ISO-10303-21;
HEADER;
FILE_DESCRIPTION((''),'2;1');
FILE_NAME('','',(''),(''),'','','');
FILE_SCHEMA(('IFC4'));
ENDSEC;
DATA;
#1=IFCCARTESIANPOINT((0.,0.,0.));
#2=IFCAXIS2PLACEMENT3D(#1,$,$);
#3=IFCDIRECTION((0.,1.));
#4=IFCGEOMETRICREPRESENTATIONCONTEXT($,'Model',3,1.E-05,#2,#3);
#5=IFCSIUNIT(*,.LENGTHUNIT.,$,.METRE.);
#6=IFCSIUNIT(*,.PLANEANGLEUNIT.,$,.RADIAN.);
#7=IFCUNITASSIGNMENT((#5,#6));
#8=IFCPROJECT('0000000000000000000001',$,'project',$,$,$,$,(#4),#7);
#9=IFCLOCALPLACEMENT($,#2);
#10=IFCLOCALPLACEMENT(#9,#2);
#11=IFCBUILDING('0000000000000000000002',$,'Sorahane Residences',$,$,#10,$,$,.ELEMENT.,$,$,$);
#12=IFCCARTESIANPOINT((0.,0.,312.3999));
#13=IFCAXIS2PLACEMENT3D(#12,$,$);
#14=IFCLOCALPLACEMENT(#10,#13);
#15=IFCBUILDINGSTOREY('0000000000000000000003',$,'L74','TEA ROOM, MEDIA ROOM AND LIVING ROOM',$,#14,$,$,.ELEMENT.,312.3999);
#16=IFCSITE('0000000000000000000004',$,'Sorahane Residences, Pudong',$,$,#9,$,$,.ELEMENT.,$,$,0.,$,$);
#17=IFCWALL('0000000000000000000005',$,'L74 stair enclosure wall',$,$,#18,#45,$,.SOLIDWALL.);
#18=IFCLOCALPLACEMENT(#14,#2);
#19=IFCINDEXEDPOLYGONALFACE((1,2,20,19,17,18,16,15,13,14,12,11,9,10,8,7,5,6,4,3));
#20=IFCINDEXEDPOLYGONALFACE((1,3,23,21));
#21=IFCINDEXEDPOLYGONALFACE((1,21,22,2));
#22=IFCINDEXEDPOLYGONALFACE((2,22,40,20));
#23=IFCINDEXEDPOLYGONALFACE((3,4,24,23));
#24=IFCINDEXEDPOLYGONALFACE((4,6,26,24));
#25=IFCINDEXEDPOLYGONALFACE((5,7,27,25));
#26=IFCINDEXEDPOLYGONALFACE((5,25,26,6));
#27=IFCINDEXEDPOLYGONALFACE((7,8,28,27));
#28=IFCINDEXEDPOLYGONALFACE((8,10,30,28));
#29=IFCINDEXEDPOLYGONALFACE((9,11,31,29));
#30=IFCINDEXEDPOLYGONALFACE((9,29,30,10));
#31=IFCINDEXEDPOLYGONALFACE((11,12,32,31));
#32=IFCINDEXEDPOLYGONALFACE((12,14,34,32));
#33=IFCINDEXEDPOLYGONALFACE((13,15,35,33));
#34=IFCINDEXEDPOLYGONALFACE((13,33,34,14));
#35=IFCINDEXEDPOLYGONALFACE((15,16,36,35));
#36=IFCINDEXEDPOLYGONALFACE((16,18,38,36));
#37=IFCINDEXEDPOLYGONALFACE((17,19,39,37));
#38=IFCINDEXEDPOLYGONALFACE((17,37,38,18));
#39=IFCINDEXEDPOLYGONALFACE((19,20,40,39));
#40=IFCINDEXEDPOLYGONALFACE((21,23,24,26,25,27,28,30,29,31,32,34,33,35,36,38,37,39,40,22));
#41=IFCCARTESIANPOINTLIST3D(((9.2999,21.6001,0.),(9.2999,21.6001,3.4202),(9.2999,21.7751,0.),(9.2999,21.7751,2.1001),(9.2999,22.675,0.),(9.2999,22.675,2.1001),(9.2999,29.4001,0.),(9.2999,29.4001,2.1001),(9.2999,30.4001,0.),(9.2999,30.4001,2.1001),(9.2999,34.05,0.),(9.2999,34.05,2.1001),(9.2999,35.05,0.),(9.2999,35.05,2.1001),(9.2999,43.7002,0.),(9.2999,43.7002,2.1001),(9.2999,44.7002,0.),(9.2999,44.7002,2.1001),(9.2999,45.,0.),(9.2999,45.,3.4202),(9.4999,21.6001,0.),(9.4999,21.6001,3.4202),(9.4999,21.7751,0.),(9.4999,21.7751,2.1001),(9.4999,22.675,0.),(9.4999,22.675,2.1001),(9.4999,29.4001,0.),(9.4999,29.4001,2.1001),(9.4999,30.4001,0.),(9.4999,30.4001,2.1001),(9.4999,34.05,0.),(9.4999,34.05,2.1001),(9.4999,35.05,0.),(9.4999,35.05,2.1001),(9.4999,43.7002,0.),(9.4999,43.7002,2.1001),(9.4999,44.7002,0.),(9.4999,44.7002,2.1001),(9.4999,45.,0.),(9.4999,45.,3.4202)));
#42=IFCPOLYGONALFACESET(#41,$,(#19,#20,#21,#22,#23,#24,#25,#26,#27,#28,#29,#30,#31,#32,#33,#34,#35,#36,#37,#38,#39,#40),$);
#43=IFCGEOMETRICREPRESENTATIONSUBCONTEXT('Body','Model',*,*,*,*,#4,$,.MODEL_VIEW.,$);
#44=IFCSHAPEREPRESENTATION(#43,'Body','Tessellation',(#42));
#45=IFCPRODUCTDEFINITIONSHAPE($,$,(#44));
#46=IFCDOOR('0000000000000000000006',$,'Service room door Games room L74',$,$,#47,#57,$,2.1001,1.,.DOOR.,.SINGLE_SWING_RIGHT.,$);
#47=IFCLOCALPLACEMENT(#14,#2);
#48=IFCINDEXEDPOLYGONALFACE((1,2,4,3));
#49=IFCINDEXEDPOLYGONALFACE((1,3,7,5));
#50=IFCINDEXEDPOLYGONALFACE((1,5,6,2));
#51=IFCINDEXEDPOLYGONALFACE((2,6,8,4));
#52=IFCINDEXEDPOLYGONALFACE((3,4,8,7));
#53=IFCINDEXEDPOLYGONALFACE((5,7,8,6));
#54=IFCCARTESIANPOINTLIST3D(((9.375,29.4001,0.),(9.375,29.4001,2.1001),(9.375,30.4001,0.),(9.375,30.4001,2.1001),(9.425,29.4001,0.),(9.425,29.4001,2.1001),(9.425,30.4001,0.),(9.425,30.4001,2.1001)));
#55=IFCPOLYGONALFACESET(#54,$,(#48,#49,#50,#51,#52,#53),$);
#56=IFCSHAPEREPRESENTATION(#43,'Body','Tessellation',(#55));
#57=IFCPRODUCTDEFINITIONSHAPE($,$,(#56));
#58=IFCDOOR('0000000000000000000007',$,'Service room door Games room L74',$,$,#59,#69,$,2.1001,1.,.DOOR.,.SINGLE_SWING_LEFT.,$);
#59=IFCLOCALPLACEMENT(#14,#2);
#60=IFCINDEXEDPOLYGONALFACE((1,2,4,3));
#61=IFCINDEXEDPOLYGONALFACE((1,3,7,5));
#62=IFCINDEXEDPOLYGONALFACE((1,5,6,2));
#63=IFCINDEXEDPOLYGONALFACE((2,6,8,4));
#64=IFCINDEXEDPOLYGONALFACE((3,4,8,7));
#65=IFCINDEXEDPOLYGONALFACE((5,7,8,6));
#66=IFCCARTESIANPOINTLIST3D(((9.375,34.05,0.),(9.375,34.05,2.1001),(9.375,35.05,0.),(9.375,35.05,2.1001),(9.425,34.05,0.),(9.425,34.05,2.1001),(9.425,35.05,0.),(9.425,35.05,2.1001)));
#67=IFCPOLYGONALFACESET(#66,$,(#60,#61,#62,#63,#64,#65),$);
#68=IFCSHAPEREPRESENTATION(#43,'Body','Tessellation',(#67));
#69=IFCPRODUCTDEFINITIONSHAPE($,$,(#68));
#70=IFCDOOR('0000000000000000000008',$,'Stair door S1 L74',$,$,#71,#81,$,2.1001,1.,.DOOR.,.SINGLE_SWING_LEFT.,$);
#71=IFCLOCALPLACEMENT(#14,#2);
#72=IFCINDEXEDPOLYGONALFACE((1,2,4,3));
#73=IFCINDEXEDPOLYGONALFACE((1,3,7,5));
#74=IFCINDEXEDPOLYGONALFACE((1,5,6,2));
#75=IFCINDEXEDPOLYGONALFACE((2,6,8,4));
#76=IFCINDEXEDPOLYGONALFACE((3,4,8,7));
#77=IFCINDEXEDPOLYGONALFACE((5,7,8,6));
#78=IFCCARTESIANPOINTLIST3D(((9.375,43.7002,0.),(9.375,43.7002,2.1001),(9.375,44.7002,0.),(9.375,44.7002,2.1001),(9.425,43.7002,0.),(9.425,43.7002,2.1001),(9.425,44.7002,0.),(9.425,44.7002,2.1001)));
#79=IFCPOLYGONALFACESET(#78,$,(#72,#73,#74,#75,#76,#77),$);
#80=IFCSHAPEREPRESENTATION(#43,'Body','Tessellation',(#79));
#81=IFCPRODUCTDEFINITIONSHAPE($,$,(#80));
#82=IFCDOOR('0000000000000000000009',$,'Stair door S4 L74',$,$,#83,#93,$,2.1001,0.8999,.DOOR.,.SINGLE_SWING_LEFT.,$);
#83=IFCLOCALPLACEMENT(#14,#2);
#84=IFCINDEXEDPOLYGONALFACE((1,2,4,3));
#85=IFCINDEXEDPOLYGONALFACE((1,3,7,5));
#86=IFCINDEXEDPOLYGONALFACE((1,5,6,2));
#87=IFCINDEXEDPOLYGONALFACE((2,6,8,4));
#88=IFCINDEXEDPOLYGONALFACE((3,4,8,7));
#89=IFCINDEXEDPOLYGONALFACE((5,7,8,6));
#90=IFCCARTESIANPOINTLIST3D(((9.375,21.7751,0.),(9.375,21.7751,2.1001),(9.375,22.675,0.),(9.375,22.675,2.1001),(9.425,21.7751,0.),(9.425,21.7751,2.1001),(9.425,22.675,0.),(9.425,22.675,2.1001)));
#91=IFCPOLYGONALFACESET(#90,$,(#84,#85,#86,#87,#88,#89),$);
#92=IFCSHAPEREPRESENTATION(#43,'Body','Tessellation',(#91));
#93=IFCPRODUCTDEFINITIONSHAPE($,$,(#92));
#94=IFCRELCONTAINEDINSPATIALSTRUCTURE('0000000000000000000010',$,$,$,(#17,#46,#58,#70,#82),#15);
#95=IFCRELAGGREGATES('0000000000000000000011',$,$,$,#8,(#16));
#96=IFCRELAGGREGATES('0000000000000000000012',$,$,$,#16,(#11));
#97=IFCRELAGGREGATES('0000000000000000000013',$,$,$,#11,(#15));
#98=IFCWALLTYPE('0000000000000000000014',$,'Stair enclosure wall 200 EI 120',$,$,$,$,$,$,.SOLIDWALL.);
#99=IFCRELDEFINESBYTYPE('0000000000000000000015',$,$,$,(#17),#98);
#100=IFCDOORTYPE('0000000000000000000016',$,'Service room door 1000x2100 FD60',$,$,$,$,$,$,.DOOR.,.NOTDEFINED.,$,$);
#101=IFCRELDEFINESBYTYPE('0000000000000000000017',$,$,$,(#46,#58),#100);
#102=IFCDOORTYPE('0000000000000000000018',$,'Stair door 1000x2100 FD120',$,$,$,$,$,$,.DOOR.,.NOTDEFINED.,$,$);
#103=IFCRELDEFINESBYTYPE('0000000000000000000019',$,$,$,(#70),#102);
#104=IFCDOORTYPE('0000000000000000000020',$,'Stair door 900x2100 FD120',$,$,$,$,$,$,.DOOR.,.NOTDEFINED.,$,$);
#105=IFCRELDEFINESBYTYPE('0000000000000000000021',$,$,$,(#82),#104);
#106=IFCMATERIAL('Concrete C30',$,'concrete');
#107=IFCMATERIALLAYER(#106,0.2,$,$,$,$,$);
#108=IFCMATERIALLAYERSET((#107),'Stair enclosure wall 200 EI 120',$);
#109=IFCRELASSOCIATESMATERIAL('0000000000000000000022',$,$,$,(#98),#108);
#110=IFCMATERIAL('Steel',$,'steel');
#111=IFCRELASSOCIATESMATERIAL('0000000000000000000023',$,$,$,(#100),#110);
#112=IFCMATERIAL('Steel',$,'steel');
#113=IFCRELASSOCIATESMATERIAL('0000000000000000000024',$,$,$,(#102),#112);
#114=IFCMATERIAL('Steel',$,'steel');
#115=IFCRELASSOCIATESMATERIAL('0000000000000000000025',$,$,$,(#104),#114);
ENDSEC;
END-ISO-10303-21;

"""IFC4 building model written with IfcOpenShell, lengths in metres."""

from ifc_helpers import new_model, si_unit, direction, frame, frame_2d, origin, place, context, subcontext, project, spatial, rectangle, extrude, material, layer, layer_set, type_object, element, fill, save


model = new_model("IFC4")

# Units and contexts
model_context = context("Model", 3, precision=1e-05, world=origin(), true_north=direction((0.0, 1.0)))
body_context = subcontext(model_context, "Body", "Model", "MODEL_VIEW")
ifc_project = project(units=[si_unit("LENGTHUNIT", "METRE"), si_unit("PLANEANGLEUNIT", "RADIAN")], contexts=[model_context])

# Site, building, storey
site_placement = place(None, origin())
site = spatial("IfcSite", under=ifc_project, at=site_placement, Name="Sorahane Residences, Pudong", CompositionType="ELEMENT", RefElevation=0.0)
building_placement = place(site_placement, origin())
building = spatial("IfcBuilding", under=site, at=building_placement, Name="Sorahane Residences", CompositionType="ELEMENT")
storey_placement = place(building_placement, frame((0.0, 0.0, 312.3999)))
storey = spatial("IfcBuildingStorey", under=building, at=storey_placement, Name="L74", Description="TEA ROOM, MEDIA ROOM AND LIVING ROOM", CompositionType="ELEMENT", Elevation=312.3999)

# Wall, openings, doors
ifc_material_1 = material(Name="Concrete C30", Category="concrete")
ifc_layer_1 = layer(ifc_material_1, 0.2)
ifc_layer_set_1 = layer_set([ifc_layer_1], Name="Stair enclosure wall 200 EI 120")
wall_type_1 = type_object("IfcWallType", Name="Stair enclosure wall 200 EI 120", PredefinedType="SOLIDWALL", material=ifc_layer_set_1)
wall_1_placement = place(storey_placement, frame((9.3999, 21.6001, 0.0), z_axis=(0.0, 0.0, 1.0), x_axis=(0.0, 1.0, 0.0)))
wall_1 = element("IfcWall", 1, at=wall_1_placement, inside=storey, type_object=wall_type_1, Name="L74 stair enclosure wall", PredefinedType="SOLIDWALL", context=body_context, shape_type="SweptSolid", body=[
    extrude(rectangle(XDim=23.3999, YDim=0.2, at=frame_2d((11.7, 0.0))), origin(), (0.0, 0.0, 1.0), 3.4202),
])
opening_1_placement = place(wall_1_placement, frame((7.8, 0.0, 0.0)))
opening_1 = element("IfcOpeningElement", 2, at=opening_1_placement, cuts=wall_1, PredefinedType="OPENING", context=body_context, shape_type="SweptSolid", body=[
    extrude(rectangle(XDim=1.0, YDim=2.1001, at=frame_2d((0.5, 1.05))), frame((0.0, 0.1099, 0.0), z_axis=(0.0, -1.0, 0.0), x_axis=(1.0, 0.0, 0.0)), (0.0, 0.0, 1.0), 0.22),
])
opening_2_placement = place(wall_1_placement, frame((12.45, 0.0, 0.0)))
opening_2 = element("IfcOpeningElement", 3, at=opening_2_placement, cuts=wall_1, PredefinedType="OPENING", context=body_context, shape_type="SweptSolid", body=[
    extrude(rectangle(XDim=1.0, YDim=2.1001, at=frame_2d((0.5, 1.05))), frame((0.0, 0.1099, 0.0), z_axis=(0.0, -1.0, 0.0), x_axis=(1.0, 0.0, 0.0)), (0.0, 0.0, 1.0), 0.22),
])
opening_3_placement = place(wall_1_placement, frame((22.1001, 0.0, 0.0)))
opening_3 = element("IfcOpeningElement", 4, at=opening_3_placement, cuts=wall_1, PredefinedType="OPENING", context=body_context, shape_type="SweptSolid", body=[
    extrude(rectangle(XDim=1.0, YDim=2.1001, at=frame_2d((0.5, 1.05))), frame((0.0, 0.1099, 0.0), z_axis=(0.0, -1.0, 0.0), x_axis=(1.0, 0.0, 0.0)), (0.0, 0.0, 1.0), 0.22),
])
opening_4_placement = place(wall_1_placement, frame((0.175, 0.0, 0.0)))
opening_4 = element("IfcOpeningElement", 5, at=opening_4_placement, cuts=wall_1, PredefinedType="OPENING", context=body_context, shape_type="SweptSolid", body=[
    extrude(rectangle(XDim=0.8999, YDim=2.1001, at=frame_2d((0.45, 1.05))), frame((0.0, 0.1099, 0.0), z_axis=(0.0, -1.0, 0.0), x_axis=(1.0, 0.0, 0.0)), (0.0, 0.0, 1.0), 0.22),
])
ifc_material_2 = material(Name="Steel", Category="steel")
door_type_1 = type_object("IfcDoorType", Name="Service room door 1000x2100 FD60", OperationType="NOTDEFINED", PredefinedType="DOOR", material=ifc_material_2)
door_1_placement = place(opening_1_placement, origin())
door_1 = element("IfcDoor", 6, at=door_1_placement, inside=storey, type_object=door_type_1, Name="Service room door Games room L74", OperationType="SINGLE_SWING_RIGHT", OverallHeight=2.1001, OverallWidth=1.0, PredefinedType="DOOR", context=body_context, shape_type="SweptSolid", body=[
    extrude(rectangle(XDim=1.0, YDim=2.1001, at=frame_2d((0.5, 1.05))), frame((0.0, 0.0249, 0.0), z_axis=(0.0, -1.0, 0.0), x_axis=(1.0, 0.0, 0.0)), (0.0, 0.0, 1.0), 0.05),
])
fill(opening_1, door_1)
door_2_placement = place(opening_2_placement, origin())
door_2 = element("IfcDoor", 7, at=door_2_placement, inside=storey, type_object=door_type_1, Name="Service room door Games room L74", OperationType="SINGLE_SWING_LEFT", OverallHeight=2.1001, OverallWidth=1.0, PredefinedType="DOOR", context=body_context, shape_type="SweptSolid", body=[
    extrude(rectangle(XDim=1.0, YDim=2.1001, at=frame_2d((0.5, 1.05))), frame((0.0, 0.0249, 0.0), z_axis=(0.0, -1.0, 0.0), x_axis=(1.0, 0.0, 0.0)), (0.0, 0.0, 1.0), 0.05),
])
fill(opening_2, door_2)
ifc_material_3 = material(Name="Steel", Category="steel")
door_type_2 = type_object("IfcDoorType", Name="Stair door 1000x2100 FD120", OperationType="NOTDEFINED", PredefinedType="DOOR", material=ifc_material_3)
door_3_placement = place(opening_3_placement, origin())
door_3 = element("IfcDoor", 8, at=door_3_placement, inside=storey, type_object=door_type_2, Name="Stair door S1 L74", OperationType="SINGLE_SWING_LEFT", OverallHeight=2.1001, OverallWidth=1.0, PredefinedType="DOOR", context=body_context, shape_type="SweptSolid", body=[
    extrude(rectangle(XDim=1.0, YDim=2.1001, at=frame_2d((0.5, 1.05))), frame((0.0, 0.0249, 0.0), z_axis=(0.0, -1.0, 0.0), x_axis=(1.0, 0.0, 0.0)), (0.0, 0.0, 1.0), 0.05),
])
fill(opening_3, door_3)
ifc_material_4 = material(Name="Steel", Category="steel")
door_type_3 = type_object("IfcDoorType", Name="Stair door 900x2100 FD120", OperationType="NOTDEFINED", PredefinedType="DOOR", material=ifc_material_4)
door_4_placement = place(opening_4_placement, origin())
door_4 = element("IfcDoor", 9, at=door_4_placement, inside=storey, type_object=door_type_3, Name="Stair door S4 L74", OperationType="SINGLE_SWING_LEFT", OverallHeight=2.1001, OverallWidth=0.8999, PredefinedType="DOOR", context=body_context, shape_type="SweptSolid", body=[
    extrude(rectangle(XDim=0.8999, YDim=2.1001, at=frame_2d((0.45, 1.05))), frame((0.0, 0.0249, 0.0), z_axis=(0.0, -1.0, 0.0), x_axis=(1.0, 0.0, 0.0)), (0.0, 0.0, 1.0), 0.05),
])
fill(opening_4, door_4)

save(model, "model.ifc")
